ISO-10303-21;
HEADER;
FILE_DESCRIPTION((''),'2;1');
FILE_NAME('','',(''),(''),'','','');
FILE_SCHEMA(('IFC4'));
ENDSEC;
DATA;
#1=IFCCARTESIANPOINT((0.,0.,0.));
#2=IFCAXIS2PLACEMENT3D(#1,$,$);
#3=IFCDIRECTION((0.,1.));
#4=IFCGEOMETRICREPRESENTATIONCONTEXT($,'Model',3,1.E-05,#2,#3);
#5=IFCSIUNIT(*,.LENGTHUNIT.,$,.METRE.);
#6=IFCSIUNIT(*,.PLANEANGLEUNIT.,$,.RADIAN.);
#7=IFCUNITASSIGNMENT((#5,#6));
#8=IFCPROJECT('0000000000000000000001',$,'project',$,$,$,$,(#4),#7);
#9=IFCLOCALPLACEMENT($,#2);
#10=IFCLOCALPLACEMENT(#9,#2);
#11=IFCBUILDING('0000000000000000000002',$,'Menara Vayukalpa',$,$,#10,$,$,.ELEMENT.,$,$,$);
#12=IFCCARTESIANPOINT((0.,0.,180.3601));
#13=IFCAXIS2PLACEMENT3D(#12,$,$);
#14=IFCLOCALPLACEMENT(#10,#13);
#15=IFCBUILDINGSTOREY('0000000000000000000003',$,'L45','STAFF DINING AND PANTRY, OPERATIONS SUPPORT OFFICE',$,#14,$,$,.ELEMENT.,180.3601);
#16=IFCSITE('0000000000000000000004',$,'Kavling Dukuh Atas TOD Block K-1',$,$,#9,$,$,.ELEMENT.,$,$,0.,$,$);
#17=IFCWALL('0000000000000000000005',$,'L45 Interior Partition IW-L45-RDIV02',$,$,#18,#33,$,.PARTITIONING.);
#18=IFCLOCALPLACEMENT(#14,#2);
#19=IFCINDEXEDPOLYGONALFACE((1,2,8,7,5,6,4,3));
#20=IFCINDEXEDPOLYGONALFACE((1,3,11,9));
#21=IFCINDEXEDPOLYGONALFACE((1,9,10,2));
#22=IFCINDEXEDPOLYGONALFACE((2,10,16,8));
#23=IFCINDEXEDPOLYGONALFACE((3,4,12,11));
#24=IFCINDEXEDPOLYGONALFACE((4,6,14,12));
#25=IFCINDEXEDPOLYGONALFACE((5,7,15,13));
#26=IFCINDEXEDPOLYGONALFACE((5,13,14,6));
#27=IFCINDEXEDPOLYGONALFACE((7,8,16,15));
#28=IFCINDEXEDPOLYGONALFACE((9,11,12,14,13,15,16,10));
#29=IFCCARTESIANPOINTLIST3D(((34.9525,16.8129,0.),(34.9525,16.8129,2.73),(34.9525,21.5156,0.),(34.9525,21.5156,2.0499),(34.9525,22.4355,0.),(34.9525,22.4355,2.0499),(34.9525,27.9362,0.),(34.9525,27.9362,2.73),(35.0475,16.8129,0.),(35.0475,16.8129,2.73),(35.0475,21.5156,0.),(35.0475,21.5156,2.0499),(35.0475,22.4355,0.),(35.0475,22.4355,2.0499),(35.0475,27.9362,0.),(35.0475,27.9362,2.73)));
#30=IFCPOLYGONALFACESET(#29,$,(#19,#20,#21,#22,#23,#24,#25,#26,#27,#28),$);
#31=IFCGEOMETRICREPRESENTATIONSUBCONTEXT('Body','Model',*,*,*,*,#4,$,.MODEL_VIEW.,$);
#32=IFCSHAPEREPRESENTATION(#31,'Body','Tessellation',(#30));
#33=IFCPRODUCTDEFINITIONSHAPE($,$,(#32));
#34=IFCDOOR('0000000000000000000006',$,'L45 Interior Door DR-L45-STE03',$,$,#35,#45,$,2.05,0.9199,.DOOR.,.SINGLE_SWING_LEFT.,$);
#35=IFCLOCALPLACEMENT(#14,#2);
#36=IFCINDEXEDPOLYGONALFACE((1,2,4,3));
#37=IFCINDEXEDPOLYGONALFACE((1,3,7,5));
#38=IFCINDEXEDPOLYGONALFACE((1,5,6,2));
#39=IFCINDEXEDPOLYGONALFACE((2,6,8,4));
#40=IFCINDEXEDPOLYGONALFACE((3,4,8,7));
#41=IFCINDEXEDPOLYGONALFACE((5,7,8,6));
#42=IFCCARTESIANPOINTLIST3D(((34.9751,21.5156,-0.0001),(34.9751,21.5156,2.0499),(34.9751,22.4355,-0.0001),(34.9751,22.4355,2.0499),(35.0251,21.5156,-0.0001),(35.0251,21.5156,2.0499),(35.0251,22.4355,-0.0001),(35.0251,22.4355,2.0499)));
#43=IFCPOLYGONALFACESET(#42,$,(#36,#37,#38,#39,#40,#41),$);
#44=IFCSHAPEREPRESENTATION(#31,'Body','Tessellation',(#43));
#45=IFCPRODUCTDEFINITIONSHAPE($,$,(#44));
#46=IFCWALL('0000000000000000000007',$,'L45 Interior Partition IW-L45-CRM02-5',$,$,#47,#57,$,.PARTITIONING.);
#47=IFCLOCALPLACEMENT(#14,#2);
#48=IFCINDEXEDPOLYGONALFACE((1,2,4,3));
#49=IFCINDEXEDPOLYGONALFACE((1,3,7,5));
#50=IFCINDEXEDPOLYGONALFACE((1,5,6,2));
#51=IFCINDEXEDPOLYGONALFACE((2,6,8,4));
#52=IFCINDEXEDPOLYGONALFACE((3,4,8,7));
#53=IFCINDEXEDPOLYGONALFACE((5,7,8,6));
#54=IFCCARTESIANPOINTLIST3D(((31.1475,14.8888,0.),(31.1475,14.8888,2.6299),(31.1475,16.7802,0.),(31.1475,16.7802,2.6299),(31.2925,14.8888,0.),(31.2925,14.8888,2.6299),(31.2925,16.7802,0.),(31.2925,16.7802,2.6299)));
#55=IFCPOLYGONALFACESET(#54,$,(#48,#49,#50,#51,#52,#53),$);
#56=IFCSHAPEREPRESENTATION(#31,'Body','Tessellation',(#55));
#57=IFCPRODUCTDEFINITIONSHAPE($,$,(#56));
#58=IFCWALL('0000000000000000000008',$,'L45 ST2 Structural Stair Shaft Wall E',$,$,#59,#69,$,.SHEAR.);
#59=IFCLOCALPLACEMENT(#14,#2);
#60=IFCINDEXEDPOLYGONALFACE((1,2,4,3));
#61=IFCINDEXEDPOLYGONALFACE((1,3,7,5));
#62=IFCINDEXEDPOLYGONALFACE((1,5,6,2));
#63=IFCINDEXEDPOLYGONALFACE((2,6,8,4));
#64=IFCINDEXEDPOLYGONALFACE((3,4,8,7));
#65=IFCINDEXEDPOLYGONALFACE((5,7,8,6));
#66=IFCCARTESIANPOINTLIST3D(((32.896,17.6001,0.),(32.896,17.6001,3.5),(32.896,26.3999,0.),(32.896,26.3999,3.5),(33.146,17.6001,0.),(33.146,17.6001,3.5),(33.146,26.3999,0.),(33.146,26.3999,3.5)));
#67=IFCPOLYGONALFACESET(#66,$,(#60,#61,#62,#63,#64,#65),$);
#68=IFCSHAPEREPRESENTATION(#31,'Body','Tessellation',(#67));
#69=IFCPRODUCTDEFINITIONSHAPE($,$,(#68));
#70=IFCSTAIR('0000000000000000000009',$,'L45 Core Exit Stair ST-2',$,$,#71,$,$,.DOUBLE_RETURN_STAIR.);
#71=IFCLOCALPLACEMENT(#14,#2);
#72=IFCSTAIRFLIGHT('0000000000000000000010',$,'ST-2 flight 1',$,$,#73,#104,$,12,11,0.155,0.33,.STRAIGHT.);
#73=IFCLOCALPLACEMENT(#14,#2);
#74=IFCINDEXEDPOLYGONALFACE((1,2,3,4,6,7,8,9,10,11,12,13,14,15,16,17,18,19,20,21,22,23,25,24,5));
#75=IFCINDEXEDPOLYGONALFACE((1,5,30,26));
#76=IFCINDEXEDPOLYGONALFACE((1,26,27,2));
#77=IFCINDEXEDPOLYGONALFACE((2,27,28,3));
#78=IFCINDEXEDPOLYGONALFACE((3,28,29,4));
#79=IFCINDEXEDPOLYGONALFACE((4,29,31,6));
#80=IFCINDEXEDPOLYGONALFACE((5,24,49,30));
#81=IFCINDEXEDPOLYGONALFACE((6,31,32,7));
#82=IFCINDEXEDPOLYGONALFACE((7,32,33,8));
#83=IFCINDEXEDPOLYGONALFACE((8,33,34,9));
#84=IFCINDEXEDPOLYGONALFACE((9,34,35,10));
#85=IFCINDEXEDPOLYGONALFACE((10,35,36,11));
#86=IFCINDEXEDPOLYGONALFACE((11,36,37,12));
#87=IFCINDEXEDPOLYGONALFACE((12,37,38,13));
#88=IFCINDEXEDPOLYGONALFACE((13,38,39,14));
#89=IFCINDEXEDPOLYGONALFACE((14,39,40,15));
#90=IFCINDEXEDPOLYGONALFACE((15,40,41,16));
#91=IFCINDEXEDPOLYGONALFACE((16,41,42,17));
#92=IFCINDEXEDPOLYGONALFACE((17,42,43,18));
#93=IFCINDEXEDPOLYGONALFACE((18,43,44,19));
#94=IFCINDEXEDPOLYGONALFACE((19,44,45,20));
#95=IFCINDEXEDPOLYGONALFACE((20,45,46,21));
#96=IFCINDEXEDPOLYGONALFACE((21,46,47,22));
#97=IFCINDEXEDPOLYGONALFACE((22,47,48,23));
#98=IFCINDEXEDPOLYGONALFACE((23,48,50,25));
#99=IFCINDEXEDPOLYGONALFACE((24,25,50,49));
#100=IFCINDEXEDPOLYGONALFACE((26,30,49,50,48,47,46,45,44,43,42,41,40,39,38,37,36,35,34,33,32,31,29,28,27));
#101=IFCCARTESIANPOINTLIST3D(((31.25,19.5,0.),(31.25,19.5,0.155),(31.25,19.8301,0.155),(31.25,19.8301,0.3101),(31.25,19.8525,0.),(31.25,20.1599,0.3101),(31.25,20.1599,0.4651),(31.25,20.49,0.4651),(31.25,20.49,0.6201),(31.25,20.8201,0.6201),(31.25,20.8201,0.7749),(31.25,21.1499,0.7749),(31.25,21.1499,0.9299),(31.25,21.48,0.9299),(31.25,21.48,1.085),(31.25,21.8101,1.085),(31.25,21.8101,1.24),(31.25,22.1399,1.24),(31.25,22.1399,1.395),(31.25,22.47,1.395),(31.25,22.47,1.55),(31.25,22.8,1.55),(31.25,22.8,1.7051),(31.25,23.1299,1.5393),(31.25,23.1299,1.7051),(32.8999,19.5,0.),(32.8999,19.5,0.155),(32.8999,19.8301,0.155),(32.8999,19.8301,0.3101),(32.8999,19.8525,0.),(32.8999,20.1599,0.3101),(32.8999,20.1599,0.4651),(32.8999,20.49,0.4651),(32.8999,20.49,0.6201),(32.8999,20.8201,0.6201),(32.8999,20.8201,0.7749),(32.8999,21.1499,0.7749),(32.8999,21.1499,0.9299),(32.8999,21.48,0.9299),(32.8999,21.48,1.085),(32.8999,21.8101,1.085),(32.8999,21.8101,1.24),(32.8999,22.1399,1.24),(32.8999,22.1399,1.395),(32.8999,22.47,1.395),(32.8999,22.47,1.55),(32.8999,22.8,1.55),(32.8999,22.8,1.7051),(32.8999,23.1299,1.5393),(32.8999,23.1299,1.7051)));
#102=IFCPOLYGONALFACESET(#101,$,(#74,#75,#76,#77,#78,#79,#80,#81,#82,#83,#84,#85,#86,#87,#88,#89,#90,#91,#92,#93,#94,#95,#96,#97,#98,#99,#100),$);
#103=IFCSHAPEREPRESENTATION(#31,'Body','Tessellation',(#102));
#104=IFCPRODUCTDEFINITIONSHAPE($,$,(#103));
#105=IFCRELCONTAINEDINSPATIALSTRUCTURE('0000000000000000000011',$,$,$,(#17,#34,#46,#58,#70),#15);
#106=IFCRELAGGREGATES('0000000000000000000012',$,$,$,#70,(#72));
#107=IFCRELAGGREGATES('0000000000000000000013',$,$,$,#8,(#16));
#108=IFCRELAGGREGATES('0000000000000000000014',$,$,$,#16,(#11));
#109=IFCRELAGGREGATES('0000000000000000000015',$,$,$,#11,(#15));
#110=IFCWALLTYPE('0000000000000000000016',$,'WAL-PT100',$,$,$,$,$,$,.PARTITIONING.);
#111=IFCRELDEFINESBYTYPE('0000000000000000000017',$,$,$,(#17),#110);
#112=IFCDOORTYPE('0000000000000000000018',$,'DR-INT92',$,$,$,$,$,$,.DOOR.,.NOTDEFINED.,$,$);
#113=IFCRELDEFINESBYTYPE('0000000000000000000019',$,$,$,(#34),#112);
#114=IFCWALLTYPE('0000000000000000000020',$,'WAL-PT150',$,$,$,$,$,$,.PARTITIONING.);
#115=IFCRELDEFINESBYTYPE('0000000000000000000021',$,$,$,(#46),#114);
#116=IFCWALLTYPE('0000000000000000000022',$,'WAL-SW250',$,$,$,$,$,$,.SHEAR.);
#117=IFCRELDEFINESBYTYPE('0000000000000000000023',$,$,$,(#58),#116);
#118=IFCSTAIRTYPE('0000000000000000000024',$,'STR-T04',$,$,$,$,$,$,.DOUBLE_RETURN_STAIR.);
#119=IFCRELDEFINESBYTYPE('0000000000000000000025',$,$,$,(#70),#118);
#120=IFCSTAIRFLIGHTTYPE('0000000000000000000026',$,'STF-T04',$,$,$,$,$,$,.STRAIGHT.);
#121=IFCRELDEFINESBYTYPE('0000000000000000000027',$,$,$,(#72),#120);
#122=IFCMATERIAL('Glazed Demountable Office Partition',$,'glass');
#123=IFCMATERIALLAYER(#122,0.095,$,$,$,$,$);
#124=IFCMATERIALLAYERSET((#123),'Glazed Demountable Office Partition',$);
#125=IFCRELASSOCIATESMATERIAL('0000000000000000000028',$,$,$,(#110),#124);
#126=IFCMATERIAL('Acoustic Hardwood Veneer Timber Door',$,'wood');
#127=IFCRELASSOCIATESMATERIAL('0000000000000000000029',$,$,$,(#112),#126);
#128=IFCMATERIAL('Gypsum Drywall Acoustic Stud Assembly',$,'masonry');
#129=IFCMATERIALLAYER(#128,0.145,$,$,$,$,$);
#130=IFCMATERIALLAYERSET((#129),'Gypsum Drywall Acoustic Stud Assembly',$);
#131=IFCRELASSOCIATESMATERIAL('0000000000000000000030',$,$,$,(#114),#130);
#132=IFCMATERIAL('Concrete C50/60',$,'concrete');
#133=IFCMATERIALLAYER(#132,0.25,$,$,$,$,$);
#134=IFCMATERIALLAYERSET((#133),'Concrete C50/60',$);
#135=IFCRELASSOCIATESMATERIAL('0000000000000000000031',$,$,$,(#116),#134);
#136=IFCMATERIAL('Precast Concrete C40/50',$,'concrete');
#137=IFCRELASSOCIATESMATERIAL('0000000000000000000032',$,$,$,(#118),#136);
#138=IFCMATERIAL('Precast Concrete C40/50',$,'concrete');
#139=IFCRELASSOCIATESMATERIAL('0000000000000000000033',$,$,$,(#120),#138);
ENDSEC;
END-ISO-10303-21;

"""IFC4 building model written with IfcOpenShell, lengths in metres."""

from ifc_helpers import new_model, si_unit, direction, frame, frame_2d, origin, place, context, subcontext, project, spatial, polyline, rectangle, outline, extrude, material, layer, layer_set, type_object, element, fill, aggregate, save


model = new_model("IFC4")

# Units and contexts
model_context = context("Model", 3, precision=1e-05, world=origin(), true_north=direction((0.0, 1.0)))
body_context = subcontext(model_context, "Body", "Model", "MODEL_VIEW")
ifc_project = project(units=[si_unit("LENGTHUNIT", "METRE"), si_unit("PLANEANGLEUNIT", "RADIAN")], contexts=[model_context])

# Site, building, storey
site_placement = place(None, origin())
site = spatial("IfcSite", under=ifc_project, at=site_placement, Name="Kavling Dukuh Atas TOD Block K-1", CompositionType="ELEMENT", RefElevation=0.0)
building_placement = place(site_placement, origin())
building = spatial("IfcBuilding", under=site, at=building_placement, Name="Menara Vayukalpa", CompositionType="ELEMENT")
storey_placement = place(building_placement, frame((0.0, 0.0, 180.3601)))
storey = spatial("IfcBuildingStorey", under=building, at=storey_placement, Name="L45", Description="STAFF DINING AND PANTRY, OPERATIONS SUPPORT OFFICE", CompositionType="ELEMENT", Elevation=180.3601)

# Wall, opening, door
ifc_material_1 = material(Name="Glazed Demountable Office Partition", Category="glass")
ifc_layer_1 = layer(ifc_material_1, 0.095)
ifc_layer_set_1 = layer_set([ifc_layer_1], Name="Glazed Demountable Office Partition")
wall_type_1 = type_object("IfcWallType", Name="WAL-PT100", PredefinedType="PARTITIONING", material=ifc_layer_set_1)
wall_1_placement = place(storey_placement, frame((35.0, 16.813, 0.0), z_axis=(0.0, 0.0, 1.0), x_axis=(0.0, 1.0, 0.0)))
wall_1 = element("IfcWall", 1, at=wall_1_placement, inside=storey, type_object=wall_type_1, Name="L45 Interior Partition IW-L45-RDIV02", PredefinedType="PARTITIONING", context=body_context, shape_type="SweptSolid", body=[
    extrude(rectangle(XDim=11.1233, YDim=0.095, at=frame_2d((5.5615, 0.0))), origin(), (0.0, 0.0, 1.0), 2.73),
])
opening_placement = place(wall_1_placement, frame((4.7026, 0.0, 0.0)))
opening = element("IfcOpeningElement", 2, at=opening_placement, cuts=wall_1, PredefinedType="OPENING", context=body_context, shape_type="SweptSolid", body=[
    extrude(rectangle(XDim=0.9199, YDim=2.05, at=frame_2d((0.46, 1.0249))), frame((0.0, 0.0574, 0.0), z_axis=(0.0, -1.0, 0.0), x_axis=(1.0, 0.0, 0.0)), (0.0, 0.0, 1.0), 0.115),
])
ifc_material_2 = material(Name="Acoustic Hardwood Veneer Timber Door", Category="wood")
door_type = type_object("IfcDoorType", Name="DR-INT92", OperationType="NOTDEFINED", PredefinedType="DOOR", material=ifc_material_2)
door_placement = place(opening_placement, origin())
door = element("IfcDoor", 3, at=door_placement, inside=storey, type_object=door_type, Name="L45 Interior Door DR-L45-STE03", OperationType="SINGLE_SWING_LEFT", OverallHeight=2.05, OverallWidth=0.9199, PredefinedType="DOOR", context=body_context, shape_type="SweptSolid", body=[
    extrude(rectangle(XDim=0.9199, YDim=2.05, at=frame_2d((0.46, 1.0249))), frame((0.0, 0.0249, 0.0), z_axis=(0.0, -1.0, 0.0), x_axis=(1.0, 0.0, 0.0)), (0.0, 0.0, 1.0), 0.05),
])
fill(opening, door)

# Walls
ifc_material_3 = material(Name="Gypsum Drywall Acoustic Stud Assembly", Category="masonry")
ifc_layer_2 = layer(ifc_material_3, 0.145)
ifc_layer_set_2 = layer_set([ifc_layer_2], Name="Gypsum Drywall Acoustic Stud Assembly")
wall_type_2 = type_object("IfcWallType", Name="WAL-PT150", PredefinedType="PARTITIONING", material=ifc_layer_set_2)
wall_2_placement = place(storey_placement, frame((31.22, 14.8887, 0.0), z_axis=(0.0, 0.0, 1.0), x_axis=(0.0, 1.0, 0.0)))
element("IfcWall", 4, at=wall_2_placement, inside=storey, type_object=wall_type_2, Name="L45 Interior Partition IW-L45-CRM02-5", PredefinedType="PARTITIONING", context=body_context, shape_type="SweptSolid", body=[
    extrude(rectangle(XDim=1.8914, YDim=0.145, at=frame_2d((0.9458, 0.0))), origin(), (0.0, 0.0, 1.0), 2.6299),
])
ifc_material_4 = material(Name="Concrete C50/60", Category="concrete")
ifc_layer_3 = layer(ifc_material_4, 0.25)
ifc_layer_set_3 = layer_set([ifc_layer_3], Name="Concrete C50/60")
wall_type_3 = type_object("IfcWallType", Name="WAL-SW250", PredefinedType="SHEAR", material=ifc_layer_set_3)
wall_3_placement = place(storey_placement, frame((33.021, 17.6001, 0.0), z_axis=(0.0, 0.0, 1.0), x_axis=(0.0, 1.0, 0.0)))
element("IfcWall", 5, at=wall_3_placement, inside=storey, type_object=wall_type_3, Name="L45 ST2 Structural Stair Shaft Wall E", PredefinedType="SHEAR", context=body_context, shape_type="SweptSolid", body=[
    extrude(rectangle(XDim=8.7998, YDim=0.25, at=frame_2d((4.3999, 0.0))), origin(), (0.0, 0.0, 1.0), 3.5),
])

# Stair, stair flight
ifc_material_5 = material(Name="Precast Concrete C40/50", Category="concrete")
stair_type = type_object("IfcStairType", Name="STR-T04", PredefinedType="DOUBLE_RETURN_STAIR", material=ifc_material_5)
stair_placement = place(storey_placement, origin())
stair = element("IfcStair", 6, at=stair_placement, inside=storey, type_object=stair_type, Name="L45 Core Exit Stair ST-2", PredefinedType="DOUBLE_RETURN_STAIR")
ifc_material_6 = material(Name="Precast Concrete C40/50", Category="concrete")
stair_flight_type = type_object("IfcStairFlightType", Name="STF-T04", PredefinedType="STRAIGHT", material=ifc_material_6)
stair_flight_placement = place(storey_placement, frame((32.075, 19.5, 0.0), z_axis=(0.0, 0.0, 1.0), x_axis=(0.0, 1.0, 0.0)))
stair_flight = element("IfcStairFlight", 7, at=stair_flight_placement, type_object=stair_flight_type, Name="ST-2 flight 1", NumberOfRisers=12, NumberOfTreads=11, PredefinedType="STRAIGHT", RiserHeight=0.155, TreadLength=0.33, context=body_context, shape_type="SweptSolid", body=[
    extrude(outline(polyline([(0.0, 0.0), (0.0, 0.155), (0.3301, 0.155), (0.3301, 0.3101), (0.6599, 0.3101), (0.6599, 0.4651), (0.99, 0.4651), (0.99, 0.6201), (1.3201, 0.6201), (1.3201, 0.7749), (1.6499, 0.7749), (1.6499, 0.9299), (1.98, 0.9299), (1.98, 1.085), (2.3101, 1.085), (2.3101, 1.24), (2.6399, 1.24), (2.6399, 1.395), (2.97, 1.395), (2.97, 1.55), (3.3, 1.55), (3.3, 1.7051), (3.6299, 1.7051), (3.6299, 1.8601), (3.6299, 1.5393), (0.3525, 0.0), (0.0, 0.0)])), frame((0.0, 0.825, 0.0), z_axis=(0.0, -1.0, 0.0), x_axis=(1.0, 0.0, 0.0)), (0.0, 0.0, 1.0), 1.6499),
])
aggregate(stair, [stair_flight])

save(model, "model.ifc")
